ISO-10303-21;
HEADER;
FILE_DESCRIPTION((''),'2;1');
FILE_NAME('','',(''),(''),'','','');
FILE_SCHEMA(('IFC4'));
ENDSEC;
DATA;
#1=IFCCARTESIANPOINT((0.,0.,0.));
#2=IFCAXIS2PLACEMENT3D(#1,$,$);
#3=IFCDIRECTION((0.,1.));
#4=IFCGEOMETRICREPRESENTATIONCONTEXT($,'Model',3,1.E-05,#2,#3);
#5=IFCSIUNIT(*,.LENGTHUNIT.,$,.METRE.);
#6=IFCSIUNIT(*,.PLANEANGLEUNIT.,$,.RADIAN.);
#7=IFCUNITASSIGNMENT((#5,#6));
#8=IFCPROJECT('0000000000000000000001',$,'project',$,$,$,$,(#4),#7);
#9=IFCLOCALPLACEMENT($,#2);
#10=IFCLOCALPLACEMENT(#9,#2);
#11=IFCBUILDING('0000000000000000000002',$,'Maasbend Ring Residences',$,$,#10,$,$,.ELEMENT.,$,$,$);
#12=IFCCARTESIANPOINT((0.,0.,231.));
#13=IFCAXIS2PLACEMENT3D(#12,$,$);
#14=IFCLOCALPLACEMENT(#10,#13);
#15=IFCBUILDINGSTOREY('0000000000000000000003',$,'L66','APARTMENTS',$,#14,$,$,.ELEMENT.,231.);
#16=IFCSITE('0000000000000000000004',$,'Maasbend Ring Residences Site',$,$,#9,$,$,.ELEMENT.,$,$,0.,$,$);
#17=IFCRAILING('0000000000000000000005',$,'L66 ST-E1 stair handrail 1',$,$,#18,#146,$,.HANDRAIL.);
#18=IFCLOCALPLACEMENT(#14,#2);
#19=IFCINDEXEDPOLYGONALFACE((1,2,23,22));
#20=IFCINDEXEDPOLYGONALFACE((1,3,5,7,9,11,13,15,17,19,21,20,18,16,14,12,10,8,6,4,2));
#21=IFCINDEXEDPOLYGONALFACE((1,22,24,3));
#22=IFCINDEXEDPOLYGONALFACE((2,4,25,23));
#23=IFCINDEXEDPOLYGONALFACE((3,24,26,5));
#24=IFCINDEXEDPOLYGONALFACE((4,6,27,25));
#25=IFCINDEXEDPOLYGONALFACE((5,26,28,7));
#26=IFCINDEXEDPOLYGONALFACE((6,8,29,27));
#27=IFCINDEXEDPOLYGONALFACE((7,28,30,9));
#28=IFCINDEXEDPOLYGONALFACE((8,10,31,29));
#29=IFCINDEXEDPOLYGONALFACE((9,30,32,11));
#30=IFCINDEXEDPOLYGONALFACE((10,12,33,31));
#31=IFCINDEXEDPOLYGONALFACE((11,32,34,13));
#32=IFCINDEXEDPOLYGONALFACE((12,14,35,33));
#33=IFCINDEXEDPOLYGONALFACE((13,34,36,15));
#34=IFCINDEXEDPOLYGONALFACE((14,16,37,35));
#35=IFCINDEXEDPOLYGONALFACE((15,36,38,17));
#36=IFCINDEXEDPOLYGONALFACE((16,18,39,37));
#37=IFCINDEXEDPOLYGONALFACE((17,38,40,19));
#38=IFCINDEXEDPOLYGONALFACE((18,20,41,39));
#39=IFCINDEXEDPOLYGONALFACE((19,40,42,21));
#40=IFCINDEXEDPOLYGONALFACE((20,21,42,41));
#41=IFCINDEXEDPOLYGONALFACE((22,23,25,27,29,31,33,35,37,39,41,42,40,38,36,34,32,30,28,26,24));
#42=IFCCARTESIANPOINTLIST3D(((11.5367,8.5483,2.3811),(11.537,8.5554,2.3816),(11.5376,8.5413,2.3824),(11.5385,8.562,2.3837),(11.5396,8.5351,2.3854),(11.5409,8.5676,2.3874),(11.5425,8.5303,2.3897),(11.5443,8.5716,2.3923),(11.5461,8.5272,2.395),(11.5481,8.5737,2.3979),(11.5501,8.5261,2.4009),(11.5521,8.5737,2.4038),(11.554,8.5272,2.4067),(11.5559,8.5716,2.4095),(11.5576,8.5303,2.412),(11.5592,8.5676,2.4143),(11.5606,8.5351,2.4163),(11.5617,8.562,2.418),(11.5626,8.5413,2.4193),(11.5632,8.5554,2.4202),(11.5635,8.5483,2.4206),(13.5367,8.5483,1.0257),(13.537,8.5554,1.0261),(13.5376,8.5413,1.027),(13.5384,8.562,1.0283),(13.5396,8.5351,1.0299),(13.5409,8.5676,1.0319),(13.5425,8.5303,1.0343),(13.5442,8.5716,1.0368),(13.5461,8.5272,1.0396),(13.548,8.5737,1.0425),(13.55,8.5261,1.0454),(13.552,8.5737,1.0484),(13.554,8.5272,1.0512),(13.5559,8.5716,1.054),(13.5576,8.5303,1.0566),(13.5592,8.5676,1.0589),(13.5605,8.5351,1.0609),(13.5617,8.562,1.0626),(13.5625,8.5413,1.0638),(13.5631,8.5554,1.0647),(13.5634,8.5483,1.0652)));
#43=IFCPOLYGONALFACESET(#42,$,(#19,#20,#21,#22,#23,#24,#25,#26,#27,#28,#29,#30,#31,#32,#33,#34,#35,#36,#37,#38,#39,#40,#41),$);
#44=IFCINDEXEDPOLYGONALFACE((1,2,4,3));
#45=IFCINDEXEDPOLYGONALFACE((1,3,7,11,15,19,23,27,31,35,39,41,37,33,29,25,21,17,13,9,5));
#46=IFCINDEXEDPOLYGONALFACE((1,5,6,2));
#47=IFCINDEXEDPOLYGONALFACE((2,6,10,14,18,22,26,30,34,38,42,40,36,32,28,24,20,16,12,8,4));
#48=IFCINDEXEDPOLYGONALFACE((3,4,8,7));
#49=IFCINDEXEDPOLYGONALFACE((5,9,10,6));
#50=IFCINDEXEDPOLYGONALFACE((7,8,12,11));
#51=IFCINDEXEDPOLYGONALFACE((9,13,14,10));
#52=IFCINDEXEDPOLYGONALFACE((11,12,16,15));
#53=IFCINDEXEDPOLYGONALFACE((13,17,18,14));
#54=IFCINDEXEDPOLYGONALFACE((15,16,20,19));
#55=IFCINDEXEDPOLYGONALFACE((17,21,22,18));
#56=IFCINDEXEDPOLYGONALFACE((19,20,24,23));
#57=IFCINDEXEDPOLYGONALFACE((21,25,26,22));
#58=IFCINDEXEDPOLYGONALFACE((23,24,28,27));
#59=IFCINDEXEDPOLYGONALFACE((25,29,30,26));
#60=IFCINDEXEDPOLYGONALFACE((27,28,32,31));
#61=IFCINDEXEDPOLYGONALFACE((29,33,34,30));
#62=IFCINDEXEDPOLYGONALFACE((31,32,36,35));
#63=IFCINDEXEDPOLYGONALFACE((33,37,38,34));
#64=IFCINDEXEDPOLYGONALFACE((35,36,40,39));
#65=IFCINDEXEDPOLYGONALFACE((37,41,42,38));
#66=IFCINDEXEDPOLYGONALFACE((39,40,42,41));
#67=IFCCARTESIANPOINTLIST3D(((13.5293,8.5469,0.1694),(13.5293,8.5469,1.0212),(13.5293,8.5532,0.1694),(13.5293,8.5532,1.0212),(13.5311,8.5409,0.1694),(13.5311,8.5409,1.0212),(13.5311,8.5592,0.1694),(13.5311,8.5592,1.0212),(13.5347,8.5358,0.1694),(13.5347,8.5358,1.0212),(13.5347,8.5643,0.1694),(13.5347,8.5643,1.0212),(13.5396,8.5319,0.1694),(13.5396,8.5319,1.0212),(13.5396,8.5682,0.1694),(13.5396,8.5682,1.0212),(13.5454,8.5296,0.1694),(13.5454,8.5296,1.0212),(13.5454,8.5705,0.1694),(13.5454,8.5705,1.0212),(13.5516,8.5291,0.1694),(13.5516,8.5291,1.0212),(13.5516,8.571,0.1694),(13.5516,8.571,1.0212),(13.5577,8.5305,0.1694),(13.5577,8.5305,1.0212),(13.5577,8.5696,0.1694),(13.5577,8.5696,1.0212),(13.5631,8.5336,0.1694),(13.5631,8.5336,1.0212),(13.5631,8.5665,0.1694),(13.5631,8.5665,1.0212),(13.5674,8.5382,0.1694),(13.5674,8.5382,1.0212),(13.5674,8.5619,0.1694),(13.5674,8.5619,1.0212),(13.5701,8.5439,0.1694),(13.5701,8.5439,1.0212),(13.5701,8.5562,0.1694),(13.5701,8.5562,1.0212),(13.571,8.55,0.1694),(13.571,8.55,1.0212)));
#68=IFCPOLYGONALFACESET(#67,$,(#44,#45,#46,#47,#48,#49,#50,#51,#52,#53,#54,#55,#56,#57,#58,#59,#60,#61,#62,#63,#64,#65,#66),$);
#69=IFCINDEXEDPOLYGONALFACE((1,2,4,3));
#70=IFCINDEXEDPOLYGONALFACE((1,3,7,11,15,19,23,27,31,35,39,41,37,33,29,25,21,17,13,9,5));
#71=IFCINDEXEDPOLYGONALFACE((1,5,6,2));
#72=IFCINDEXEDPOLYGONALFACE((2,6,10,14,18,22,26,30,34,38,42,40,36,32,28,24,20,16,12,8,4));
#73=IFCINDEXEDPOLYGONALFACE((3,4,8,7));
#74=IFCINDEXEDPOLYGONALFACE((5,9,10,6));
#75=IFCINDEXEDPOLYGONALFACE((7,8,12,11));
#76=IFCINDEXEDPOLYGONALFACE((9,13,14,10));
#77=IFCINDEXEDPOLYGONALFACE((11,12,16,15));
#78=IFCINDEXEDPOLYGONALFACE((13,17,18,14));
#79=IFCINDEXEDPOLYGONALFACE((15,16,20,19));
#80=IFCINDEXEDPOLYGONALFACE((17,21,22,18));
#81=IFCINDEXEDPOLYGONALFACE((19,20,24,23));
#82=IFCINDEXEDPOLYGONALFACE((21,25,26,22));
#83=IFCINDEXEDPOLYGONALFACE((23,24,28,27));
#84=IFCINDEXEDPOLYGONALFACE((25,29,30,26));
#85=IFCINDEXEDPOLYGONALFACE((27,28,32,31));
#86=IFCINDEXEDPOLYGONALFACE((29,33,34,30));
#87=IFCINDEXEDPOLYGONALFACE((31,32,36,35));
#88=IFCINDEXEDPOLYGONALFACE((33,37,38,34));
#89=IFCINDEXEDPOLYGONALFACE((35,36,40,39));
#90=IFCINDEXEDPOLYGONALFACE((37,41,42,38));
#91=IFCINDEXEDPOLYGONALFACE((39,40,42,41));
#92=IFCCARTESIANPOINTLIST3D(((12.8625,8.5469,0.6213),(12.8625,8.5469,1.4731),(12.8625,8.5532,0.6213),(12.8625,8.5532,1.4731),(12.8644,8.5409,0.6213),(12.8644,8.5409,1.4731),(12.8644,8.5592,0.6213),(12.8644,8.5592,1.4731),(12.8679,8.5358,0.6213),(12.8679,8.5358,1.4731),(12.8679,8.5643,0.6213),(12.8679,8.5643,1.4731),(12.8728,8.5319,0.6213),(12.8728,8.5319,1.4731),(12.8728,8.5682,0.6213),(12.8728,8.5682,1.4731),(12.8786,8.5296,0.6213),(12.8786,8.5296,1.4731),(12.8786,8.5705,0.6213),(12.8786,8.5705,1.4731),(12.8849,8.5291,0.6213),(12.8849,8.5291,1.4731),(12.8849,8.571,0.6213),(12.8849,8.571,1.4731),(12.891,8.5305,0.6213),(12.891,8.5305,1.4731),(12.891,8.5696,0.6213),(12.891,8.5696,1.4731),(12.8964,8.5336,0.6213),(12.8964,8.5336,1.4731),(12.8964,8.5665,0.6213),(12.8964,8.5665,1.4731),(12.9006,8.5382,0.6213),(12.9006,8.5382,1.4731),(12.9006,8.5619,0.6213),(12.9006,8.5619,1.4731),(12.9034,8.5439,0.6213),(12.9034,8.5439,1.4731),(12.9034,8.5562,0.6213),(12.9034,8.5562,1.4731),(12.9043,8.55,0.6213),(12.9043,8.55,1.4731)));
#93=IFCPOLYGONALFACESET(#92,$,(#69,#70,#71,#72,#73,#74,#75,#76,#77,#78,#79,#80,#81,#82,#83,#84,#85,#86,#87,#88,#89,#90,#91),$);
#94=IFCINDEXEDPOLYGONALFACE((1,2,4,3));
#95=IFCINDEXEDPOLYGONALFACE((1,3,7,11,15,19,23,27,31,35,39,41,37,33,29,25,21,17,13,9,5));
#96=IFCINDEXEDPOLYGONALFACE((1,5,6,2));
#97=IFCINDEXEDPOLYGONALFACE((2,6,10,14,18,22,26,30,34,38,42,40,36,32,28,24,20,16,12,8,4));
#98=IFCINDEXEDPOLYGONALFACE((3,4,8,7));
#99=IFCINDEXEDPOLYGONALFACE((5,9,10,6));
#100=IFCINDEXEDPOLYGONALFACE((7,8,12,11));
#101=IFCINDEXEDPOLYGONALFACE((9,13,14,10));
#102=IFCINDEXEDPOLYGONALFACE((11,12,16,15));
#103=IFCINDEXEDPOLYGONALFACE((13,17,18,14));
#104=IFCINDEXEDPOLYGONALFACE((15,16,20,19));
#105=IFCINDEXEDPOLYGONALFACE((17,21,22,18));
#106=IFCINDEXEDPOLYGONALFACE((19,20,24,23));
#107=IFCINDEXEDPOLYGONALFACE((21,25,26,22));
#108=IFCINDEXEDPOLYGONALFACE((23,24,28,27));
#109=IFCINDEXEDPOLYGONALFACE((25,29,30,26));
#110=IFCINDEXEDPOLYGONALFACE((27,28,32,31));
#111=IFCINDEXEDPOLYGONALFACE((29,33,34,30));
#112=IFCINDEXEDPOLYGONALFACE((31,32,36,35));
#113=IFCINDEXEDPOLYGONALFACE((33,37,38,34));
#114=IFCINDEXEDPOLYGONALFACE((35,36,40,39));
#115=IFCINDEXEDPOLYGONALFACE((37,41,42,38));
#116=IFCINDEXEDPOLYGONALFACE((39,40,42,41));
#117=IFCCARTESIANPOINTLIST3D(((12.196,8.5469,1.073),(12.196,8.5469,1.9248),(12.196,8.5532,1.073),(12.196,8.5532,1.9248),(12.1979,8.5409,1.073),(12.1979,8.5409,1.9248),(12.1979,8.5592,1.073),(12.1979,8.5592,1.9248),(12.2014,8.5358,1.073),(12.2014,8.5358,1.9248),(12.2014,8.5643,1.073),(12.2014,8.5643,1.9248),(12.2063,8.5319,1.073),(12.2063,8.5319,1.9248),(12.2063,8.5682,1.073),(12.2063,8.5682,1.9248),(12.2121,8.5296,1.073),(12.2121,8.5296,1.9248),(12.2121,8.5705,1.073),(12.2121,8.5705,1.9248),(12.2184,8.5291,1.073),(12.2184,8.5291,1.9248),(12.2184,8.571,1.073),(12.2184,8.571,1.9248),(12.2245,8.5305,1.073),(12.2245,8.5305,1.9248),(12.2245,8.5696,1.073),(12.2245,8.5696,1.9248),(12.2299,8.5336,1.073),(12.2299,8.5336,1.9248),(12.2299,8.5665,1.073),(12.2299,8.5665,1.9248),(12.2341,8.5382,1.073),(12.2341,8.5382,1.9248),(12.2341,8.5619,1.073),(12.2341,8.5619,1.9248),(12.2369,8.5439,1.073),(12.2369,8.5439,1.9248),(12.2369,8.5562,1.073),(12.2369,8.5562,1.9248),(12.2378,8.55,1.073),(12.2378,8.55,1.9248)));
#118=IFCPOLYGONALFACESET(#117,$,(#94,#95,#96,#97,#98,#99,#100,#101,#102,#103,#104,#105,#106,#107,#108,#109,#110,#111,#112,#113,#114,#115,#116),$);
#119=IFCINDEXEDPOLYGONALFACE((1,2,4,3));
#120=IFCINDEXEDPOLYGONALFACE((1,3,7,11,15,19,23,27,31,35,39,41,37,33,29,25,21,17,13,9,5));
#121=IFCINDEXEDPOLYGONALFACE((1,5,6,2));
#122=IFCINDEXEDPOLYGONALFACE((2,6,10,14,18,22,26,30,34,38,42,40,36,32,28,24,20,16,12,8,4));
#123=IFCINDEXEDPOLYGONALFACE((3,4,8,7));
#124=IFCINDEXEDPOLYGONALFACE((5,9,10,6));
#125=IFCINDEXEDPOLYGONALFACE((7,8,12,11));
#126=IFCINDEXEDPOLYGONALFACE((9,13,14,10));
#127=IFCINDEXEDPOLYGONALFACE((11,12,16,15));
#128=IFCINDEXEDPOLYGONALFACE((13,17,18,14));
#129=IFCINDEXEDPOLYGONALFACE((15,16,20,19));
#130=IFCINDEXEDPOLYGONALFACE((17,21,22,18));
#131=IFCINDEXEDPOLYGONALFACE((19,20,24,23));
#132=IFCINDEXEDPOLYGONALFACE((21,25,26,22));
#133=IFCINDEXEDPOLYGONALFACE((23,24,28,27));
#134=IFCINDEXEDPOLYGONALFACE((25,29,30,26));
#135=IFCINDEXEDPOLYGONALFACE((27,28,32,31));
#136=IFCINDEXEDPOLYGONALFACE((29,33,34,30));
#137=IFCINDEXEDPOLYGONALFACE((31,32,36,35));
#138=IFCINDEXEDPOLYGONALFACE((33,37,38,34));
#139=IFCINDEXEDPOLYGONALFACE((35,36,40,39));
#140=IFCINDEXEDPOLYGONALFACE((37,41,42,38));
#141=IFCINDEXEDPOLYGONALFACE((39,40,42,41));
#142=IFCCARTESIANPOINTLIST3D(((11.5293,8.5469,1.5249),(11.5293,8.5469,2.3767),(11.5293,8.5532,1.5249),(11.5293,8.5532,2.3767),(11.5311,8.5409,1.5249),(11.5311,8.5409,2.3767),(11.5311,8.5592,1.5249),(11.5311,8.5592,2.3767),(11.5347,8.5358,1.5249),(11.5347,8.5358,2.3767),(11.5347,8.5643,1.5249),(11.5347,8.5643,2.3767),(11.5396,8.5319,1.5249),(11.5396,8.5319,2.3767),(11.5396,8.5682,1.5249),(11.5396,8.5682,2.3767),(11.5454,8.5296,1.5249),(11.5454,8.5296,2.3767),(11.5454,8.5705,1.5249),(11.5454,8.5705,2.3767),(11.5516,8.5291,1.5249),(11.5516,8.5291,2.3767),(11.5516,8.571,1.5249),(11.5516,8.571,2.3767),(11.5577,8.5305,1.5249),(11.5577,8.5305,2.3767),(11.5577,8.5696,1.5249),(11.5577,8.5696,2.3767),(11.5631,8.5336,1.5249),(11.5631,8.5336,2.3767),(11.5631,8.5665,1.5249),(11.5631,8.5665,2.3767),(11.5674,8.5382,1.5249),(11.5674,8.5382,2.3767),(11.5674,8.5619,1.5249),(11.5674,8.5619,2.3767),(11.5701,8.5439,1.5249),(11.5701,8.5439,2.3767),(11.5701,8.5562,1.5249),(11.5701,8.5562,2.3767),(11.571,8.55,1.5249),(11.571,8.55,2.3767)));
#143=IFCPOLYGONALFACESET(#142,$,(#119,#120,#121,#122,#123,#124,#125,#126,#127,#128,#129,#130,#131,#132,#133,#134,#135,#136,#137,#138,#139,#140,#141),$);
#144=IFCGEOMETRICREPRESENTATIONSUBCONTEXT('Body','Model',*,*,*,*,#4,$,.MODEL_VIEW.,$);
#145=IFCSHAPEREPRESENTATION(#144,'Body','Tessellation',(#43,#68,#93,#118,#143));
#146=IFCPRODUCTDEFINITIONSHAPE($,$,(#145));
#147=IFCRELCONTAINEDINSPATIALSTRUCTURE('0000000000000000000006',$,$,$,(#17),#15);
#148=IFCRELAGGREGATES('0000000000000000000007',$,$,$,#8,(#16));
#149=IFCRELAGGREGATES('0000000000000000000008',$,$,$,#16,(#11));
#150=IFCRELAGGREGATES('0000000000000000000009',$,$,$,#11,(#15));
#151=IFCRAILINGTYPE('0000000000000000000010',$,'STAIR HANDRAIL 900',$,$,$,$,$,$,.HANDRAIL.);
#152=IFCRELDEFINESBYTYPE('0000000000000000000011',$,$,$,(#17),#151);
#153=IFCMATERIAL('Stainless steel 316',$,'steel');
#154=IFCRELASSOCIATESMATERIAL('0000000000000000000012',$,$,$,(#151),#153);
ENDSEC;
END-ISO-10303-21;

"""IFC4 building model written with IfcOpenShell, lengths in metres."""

from ifc_helpers import new_model, si_unit, direction, frame, origin, origin_2d, place, context, subcontext, project, spatial, circle, extrude, material, type_object, element, save


model = new_model("IFC4")

# Units and contexts
model_context = context("Model", 3, precision=1e-05, world=origin(), true_north=direction((0.0, 1.0)))
body_context = subcontext(model_context, "Body", "Model", "MODEL_VIEW")
ifc_project = project(units=[si_unit("LENGTHUNIT", "METRE"), si_unit("PLANEANGLEUNIT", "RADIAN")], contexts=[model_context])

# Site, building, storey
site_placement = place(None, origin())
site = spatial("IfcSite", under=ifc_project, at=site_placement, Name="Maasbend Ring Residences Site", CompositionType="ELEMENT", RefElevation=0.0)
building_placement = place(site_placement, origin())
building = spatial("IfcBuilding", under=site, at=building_placement, Name="Maasbend Ring Residences", CompositionType="ELEMENT")
storey_placement = place(building_placement, frame((0.0, 0.0, 231.0)))
storey = spatial("IfcBuildingStorey", under=building, at=storey_placement, Name="L66", Description="APARTMENTS", CompositionType="ELEMENT", Elevation=231.0)

# Railing
ifc_material_1 = material(Name="Stainless steel 316", Category="steel")
railing_type = type_object("IfcRailingType", Name="STAIR HANDRAIL 900", PredefinedType="HANDRAIL", material=ifc_material_1)
railing_1_placement = place(storey_placement, frame((13.55, 8.55, 0.1694)))
element("IfcRailing", 1, at=railing_1_placement, inside=storey, type_object=railing_type, Name="L66 ST-E1 stair handrail 1", PredefinedType="HANDRAIL", context=body_context, shape_type="SweptSolid", body=[
    extrude(circle(Radius=0.0239, at=origin_2d()), frame((0.0, 0.0, 0.876), z_axis=(-0.827798, 0.0, 0.561027), x_axis=(0.0, -1.0, 0.0)), (0.0, 0.0, 1.0), 2.416),
    extrude(circle(Radius=0.021, at=origin_2d()), origin(), (0.0, 0.0, 1.0), 0.8518),
    extrude(circle(Radius=0.021, at=origin_2d()), frame((-0.6667, 0.0, 0.4519)), (0.0, 0.0, 1.0), 0.8518),
    extrude(circle(Radius=0.021, at=origin_2d()), frame((-1.3333, 0.0, 0.9036)), (0.0, 0.0, 1.0), 0.8518),
    extrude(circle(Radius=0.021, at=origin_2d()), frame((-2.0, 0.0, 1.3555)), (0.0, 0.0, 1.0), 0.8518),
])

save(model, "model.ifc")
